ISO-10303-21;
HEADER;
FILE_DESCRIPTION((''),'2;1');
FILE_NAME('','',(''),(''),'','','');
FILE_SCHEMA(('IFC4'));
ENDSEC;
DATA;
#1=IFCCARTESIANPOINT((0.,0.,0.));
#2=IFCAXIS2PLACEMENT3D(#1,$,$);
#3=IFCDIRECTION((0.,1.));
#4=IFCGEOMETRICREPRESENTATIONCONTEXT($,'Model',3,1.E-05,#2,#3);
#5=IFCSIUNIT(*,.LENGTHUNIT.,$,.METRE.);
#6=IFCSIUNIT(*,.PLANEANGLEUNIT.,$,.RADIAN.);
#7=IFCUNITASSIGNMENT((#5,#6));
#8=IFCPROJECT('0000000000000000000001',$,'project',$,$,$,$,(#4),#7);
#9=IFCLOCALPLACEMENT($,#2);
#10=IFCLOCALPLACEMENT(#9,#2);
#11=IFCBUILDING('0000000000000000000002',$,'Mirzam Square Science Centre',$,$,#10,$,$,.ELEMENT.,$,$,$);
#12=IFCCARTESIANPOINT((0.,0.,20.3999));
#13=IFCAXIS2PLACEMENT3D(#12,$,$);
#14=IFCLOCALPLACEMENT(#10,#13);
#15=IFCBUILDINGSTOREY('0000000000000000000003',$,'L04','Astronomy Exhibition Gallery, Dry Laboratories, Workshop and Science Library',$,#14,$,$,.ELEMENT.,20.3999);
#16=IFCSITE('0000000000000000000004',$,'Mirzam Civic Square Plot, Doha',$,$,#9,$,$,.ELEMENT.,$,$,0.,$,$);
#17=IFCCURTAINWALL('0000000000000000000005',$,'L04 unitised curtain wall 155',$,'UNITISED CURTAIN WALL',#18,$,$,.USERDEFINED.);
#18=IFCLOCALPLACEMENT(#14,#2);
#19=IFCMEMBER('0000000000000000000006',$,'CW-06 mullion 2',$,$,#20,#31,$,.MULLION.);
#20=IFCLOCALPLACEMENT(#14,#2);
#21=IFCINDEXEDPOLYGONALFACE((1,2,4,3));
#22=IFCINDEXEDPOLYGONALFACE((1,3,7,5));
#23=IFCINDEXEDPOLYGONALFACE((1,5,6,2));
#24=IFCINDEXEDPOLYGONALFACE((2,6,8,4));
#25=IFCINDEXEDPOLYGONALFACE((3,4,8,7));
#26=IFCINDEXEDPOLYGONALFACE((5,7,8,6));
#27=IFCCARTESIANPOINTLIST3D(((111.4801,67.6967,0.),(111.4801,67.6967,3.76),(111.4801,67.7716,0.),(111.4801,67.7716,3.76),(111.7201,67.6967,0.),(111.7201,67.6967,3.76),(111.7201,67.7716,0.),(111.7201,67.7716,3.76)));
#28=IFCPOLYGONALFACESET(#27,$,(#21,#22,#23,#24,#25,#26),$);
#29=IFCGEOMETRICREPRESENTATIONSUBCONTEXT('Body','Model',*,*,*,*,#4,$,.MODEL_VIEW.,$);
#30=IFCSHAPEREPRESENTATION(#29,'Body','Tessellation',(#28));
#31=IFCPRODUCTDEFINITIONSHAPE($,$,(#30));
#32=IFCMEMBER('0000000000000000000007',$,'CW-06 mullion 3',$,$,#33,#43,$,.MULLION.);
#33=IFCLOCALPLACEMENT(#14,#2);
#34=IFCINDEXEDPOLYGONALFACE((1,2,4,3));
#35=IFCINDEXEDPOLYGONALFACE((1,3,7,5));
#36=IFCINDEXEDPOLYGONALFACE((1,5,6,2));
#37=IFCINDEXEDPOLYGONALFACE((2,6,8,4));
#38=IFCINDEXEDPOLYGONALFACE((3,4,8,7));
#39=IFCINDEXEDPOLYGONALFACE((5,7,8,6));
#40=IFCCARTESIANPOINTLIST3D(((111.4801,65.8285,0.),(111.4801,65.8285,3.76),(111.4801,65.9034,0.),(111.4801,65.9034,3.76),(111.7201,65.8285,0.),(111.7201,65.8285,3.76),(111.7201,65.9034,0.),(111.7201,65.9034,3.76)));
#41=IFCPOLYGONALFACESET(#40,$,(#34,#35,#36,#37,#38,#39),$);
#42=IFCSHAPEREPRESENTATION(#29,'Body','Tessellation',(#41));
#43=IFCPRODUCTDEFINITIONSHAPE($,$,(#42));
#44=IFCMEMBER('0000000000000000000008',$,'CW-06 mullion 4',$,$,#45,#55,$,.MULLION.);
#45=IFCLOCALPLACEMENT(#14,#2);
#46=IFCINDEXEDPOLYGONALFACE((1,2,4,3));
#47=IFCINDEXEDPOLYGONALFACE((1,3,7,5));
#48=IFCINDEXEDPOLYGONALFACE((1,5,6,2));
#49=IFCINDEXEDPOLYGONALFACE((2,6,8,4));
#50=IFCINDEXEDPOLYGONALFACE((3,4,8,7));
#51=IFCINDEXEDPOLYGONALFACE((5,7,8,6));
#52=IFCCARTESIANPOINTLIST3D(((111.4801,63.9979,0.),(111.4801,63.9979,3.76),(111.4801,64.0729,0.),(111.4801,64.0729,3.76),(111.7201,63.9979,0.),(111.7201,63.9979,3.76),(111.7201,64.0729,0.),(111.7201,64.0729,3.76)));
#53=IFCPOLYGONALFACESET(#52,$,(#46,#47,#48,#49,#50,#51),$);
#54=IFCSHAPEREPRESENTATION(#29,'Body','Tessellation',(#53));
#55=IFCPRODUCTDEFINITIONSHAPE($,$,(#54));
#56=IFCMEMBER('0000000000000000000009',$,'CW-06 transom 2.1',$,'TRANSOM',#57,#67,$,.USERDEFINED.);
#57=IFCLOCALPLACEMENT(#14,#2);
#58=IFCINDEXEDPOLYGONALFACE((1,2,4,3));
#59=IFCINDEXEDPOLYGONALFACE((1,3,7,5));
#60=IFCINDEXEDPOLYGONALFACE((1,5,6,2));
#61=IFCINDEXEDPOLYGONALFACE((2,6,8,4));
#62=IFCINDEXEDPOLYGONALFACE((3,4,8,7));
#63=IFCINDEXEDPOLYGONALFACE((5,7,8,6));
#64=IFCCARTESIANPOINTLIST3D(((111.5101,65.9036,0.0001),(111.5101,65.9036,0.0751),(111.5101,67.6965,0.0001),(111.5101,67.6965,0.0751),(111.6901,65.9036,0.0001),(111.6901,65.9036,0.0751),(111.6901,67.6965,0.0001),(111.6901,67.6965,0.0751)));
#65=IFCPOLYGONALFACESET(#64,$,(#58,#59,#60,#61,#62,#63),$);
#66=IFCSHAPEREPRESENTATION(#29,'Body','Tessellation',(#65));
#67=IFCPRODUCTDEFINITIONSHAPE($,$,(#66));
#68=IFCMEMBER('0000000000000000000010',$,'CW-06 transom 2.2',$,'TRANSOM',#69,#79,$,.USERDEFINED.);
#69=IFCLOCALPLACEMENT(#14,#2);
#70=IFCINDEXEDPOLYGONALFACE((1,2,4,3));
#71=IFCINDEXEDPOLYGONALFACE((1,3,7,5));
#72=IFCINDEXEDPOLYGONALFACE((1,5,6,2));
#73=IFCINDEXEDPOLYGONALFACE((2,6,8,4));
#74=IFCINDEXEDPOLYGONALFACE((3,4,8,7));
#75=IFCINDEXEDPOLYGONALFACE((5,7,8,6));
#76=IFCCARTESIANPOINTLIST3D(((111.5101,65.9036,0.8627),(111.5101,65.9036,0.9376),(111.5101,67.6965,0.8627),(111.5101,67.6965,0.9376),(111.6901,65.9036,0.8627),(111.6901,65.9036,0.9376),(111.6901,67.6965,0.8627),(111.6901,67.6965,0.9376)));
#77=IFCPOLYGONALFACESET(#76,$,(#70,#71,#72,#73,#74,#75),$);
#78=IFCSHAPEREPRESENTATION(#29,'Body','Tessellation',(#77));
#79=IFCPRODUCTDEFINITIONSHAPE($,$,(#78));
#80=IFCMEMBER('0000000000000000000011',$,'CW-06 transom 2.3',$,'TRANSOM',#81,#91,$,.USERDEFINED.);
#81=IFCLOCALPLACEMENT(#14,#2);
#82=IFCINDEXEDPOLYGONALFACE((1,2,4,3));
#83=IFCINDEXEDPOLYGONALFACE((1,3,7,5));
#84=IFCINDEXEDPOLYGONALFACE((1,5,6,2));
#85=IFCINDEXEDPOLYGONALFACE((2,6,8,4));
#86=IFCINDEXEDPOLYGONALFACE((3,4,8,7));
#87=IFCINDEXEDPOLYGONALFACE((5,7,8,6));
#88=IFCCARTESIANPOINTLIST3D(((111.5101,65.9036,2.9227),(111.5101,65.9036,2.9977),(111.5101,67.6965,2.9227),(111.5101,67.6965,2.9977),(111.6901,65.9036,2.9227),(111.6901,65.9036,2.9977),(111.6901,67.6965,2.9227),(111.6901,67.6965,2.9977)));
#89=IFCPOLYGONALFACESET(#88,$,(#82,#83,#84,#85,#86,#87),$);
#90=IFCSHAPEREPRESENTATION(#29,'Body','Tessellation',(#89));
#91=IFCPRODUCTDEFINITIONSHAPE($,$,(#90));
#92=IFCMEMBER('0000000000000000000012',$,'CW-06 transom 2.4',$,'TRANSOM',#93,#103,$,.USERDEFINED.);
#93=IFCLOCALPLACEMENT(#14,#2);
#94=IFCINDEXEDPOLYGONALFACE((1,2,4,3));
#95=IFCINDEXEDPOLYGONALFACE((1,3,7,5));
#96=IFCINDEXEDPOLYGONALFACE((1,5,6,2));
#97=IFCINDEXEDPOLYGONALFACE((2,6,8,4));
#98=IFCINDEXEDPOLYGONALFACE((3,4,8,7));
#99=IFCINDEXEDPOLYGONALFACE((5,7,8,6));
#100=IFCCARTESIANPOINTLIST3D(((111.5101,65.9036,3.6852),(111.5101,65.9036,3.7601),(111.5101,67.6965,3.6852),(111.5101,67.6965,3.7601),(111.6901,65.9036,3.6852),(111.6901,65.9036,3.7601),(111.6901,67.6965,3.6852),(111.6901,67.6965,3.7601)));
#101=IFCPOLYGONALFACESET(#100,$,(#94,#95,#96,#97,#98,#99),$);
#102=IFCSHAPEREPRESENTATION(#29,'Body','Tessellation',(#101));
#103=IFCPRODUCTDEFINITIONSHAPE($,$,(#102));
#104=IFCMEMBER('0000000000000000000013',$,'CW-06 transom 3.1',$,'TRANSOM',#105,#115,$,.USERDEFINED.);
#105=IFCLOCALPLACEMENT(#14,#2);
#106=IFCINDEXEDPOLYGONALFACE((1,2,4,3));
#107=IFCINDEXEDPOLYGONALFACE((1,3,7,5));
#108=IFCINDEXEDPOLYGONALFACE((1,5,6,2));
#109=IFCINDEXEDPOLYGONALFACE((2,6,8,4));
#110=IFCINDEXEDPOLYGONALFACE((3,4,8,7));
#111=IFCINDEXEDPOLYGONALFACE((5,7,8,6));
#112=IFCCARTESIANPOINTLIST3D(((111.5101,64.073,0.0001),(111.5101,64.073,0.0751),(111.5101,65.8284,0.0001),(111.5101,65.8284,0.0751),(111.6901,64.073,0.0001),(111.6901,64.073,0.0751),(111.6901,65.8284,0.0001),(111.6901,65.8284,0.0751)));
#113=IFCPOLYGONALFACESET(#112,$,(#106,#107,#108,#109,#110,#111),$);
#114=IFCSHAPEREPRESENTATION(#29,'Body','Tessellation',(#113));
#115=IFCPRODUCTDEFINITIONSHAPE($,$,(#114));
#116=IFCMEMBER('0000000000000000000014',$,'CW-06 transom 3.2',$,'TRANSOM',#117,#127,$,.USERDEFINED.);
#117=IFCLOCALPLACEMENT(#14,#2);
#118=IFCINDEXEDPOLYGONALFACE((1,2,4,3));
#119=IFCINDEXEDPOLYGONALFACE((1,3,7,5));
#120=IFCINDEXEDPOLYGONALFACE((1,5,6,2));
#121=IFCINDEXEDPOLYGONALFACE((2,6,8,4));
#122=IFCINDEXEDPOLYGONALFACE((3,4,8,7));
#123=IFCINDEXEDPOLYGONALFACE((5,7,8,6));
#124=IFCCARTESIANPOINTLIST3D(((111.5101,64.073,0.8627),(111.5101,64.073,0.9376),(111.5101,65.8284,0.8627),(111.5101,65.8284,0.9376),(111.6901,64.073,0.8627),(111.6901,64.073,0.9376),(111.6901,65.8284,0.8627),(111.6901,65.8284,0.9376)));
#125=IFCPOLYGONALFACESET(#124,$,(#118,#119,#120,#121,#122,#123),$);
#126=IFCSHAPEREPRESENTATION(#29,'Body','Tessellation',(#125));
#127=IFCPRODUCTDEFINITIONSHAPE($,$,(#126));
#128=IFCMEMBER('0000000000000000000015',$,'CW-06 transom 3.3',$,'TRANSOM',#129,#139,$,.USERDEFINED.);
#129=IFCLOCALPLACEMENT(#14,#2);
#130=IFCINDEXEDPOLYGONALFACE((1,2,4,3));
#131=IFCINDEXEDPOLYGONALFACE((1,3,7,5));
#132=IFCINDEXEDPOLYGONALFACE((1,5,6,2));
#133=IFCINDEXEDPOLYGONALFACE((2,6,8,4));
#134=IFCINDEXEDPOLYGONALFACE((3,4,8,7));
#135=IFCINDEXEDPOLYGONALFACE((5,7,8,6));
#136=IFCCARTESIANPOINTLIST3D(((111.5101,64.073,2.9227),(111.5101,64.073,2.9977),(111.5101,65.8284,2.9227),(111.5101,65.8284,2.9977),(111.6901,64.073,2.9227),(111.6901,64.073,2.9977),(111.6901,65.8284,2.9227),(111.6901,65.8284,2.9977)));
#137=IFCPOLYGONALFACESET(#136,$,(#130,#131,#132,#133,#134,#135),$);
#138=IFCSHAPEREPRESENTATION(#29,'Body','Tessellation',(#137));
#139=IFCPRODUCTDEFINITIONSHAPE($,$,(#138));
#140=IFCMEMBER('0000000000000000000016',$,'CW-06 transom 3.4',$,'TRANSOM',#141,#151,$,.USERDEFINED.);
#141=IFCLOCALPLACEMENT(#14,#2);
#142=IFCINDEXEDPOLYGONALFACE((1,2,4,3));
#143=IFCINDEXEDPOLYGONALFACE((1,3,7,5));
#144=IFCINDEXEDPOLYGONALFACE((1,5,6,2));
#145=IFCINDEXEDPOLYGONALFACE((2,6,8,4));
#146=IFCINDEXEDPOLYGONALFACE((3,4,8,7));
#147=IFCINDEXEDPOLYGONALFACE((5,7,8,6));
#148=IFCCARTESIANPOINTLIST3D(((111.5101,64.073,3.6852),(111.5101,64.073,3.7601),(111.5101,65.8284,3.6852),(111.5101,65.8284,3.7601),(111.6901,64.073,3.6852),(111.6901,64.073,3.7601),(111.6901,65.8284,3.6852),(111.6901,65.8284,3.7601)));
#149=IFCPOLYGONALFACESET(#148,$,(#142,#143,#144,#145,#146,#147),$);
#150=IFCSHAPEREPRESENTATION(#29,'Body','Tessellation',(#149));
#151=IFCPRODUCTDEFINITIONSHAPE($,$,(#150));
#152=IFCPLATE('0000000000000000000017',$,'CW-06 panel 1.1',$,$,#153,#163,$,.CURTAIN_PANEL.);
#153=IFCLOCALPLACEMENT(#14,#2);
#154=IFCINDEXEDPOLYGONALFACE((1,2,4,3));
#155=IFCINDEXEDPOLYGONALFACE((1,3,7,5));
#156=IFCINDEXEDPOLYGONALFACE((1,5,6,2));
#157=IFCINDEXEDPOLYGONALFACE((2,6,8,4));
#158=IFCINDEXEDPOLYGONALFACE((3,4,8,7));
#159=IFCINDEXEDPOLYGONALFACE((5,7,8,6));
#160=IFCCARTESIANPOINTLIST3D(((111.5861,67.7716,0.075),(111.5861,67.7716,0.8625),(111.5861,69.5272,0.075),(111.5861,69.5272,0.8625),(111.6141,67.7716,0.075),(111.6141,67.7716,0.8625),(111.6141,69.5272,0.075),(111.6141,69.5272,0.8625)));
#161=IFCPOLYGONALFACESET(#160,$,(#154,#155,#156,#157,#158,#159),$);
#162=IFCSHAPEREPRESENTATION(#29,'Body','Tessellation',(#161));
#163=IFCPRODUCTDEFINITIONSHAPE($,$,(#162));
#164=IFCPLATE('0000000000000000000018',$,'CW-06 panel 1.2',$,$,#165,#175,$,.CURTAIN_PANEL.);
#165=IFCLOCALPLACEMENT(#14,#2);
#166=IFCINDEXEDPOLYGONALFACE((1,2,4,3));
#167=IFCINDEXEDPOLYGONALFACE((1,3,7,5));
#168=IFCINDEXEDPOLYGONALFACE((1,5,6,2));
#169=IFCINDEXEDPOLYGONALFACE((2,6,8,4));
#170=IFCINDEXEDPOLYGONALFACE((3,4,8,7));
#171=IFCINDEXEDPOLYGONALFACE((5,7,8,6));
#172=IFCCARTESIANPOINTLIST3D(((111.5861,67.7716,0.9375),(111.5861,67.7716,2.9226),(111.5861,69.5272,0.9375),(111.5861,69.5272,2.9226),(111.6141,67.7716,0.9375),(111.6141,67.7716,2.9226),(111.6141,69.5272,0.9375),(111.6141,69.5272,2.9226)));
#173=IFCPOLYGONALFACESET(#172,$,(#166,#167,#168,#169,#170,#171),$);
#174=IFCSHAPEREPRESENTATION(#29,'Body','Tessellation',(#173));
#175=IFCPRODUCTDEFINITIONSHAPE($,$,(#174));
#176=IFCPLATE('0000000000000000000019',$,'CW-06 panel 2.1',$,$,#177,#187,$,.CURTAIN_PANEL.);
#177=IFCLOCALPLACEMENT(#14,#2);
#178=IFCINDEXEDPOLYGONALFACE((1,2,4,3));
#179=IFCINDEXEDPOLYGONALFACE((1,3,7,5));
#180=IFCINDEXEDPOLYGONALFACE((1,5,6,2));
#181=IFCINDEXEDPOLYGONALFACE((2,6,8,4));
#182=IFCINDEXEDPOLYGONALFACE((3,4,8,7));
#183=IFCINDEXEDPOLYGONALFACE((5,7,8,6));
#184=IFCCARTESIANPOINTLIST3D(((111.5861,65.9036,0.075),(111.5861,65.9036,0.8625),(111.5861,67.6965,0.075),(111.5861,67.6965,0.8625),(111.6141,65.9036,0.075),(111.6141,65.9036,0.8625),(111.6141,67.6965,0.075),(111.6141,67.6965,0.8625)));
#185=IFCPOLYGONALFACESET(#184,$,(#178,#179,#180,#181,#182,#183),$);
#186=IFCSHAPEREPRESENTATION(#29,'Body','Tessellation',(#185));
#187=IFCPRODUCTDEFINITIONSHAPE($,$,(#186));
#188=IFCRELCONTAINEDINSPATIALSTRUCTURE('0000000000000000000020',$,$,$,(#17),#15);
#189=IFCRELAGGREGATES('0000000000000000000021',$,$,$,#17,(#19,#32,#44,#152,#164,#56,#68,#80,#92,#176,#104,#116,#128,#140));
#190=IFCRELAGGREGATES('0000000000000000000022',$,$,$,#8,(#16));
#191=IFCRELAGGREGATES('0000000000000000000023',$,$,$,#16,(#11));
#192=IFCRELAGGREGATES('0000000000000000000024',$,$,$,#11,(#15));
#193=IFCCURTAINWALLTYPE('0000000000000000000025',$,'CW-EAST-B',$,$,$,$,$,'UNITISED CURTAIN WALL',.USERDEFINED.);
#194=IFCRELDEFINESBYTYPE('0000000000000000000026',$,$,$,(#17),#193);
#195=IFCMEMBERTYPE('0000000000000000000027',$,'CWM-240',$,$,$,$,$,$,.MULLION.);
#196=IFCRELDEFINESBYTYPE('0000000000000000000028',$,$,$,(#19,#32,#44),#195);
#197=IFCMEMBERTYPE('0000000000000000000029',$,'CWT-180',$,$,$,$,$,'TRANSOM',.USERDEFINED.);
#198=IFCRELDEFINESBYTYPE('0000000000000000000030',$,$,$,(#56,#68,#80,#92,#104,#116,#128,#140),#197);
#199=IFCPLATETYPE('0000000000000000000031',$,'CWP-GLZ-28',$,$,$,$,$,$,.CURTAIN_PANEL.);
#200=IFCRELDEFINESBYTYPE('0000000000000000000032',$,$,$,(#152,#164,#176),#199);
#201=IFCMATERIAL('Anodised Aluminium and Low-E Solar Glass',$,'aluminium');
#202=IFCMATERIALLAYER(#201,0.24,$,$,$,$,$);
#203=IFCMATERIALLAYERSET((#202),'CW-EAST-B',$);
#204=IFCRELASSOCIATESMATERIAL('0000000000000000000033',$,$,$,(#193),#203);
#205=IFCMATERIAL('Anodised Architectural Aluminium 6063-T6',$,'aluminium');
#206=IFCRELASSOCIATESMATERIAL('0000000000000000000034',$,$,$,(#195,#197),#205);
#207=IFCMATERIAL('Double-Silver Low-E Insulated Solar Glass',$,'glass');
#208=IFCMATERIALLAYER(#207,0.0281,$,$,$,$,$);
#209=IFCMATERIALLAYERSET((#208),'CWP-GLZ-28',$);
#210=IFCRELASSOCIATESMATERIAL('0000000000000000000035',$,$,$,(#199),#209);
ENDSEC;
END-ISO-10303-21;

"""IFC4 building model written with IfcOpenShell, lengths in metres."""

from ifc_helpers import new_model, si_unit, direction, frame, origin, origin_2d, place, context, subcontext, project, spatial, rectangle, extrude, material, layer, layer_set, material_profile, profile_set, type_object, element, aggregate, save


model = new_model("IFC4")

# Units and contexts
model_context = context("Model", 3, precision=1e-05, world=origin(), true_north=direction((0.0, 1.0)))
body_context = subcontext(model_context, "Body", "Model", "MODEL_VIEW")
ifc_project = project(units=[si_unit("LENGTHUNIT", "METRE"), si_unit("PLANEANGLEUNIT", "RADIAN")], contexts=[model_context])

# Site, building, storey
site_placement = place(None, origin())
site = spatial("IfcSite", under=ifc_project, at=site_placement, Name="Mirzam Civic Square Plot, Doha", CompositionType="ELEMENT", RefElevation=0.0)
building_placement = place(site_placement, origin())
building = spatial("IfcBuilding", under=site, at=building_placement, Name="Mirzam Square Science Centre", CompositionType="ELEMENT")
storey_placement = place(building_placement, frame((0.0, 0.0, 20.3999)))
storey = spatial("IfcBuildingStorey", under=building, at=storey_placement, Name="L04", Description="Astronomy Exhibition Gallery, Dry Laboratories, Workshop and Science Library", CompositionType="ELEMENT", Elevation=20.3999)

# Curtain wall, members, plates
ifc_material_1 = material(Name="Anodised Aluminium and Low-E Solar Glass", Category="aluminium")
ifc_layer_1 = layer(ifc_material_1, 0.24)
ifc_layer_set_1 = layer_set([ifc_layer_1], Name="CW-EAST-B")
curtain_wall_type = type_object("IfcCurtainWallType", Name="CW-EAST-B", ElementType="UNITISED CURTAIN WALL", PredefinedType="USERDEFINED", material=ifc_layer_set_1)
curtain_wall_placement = place(storey_placement, origin())
curtain_wall = element("IfcCurtainWall", 1, at=curtain_wall_placement, inside=storey, type_object=curtain_wall_type, Name="L04 unitised curtain wall 155", ObjectType="UNITISED CURTAIN WALL", PredefinedType="USERDEFINED")
ifc_material_2 = material(Name="Anodised Architectural Aluminium 6063-T6", Category="aluminium")
ifc_material_profile_1 = material_profile(ifc_material_2, rectangle(XDim=0.075, YDim=0.24, at=origin_2d()), Name="ALU-MULL-240x75x5")
ifc_profile_set_1 = profile_set([ifc_material_profile_1], Name="Anodised Architectural Aluminium 6063-T6")
member_type_1 = type_object("IfcMemberType", Name="CWM-240", PredefinedType="MULLION", material=ifc_profile_set_1)
member_1_placement = place(storey_placement, frame((111.6001, 67.7341, 0.0), z_axis=(0.0, 0.0, 1.0), x_axis=(0.0, -1.0, 0.0)))
member_1 = element("IfcMember", 2, at=member_1_placement, type_object=member_type_1, Name="CW-06 mullion 2", PredefinedType="MULLION", context=body_context, shape_type="SweptSolid", body=[
    extrude(rectangle(XDim=0.075, YDim=0.24, at=origin_2d()), origin(), (0.0, 0.0, 1.0), 3.76),
])
member_2_placement = place(storey_placement, frame((111.6001, 65.866, 0.0), z_axis=(0.0, 0.0, 1.0), x_axis=(0.0, -1.0, 0.0)))
member_2 = element("IfcMember", 3, at=member_2_placement, type_object=member_type_1, Name="CW-06 mullion 3", PredefinedType="MULLION", context=body_context, shape_type="SweptSolid", body=[
    extrude(rectangle(XDim=0.075, YDim=0.24, at=origin_2d()), origin(), (0.0, 0.0, 1.0), 3.76),
])
member_3_placement = place(storey_placement, frame((111.6001, 64.0354, 0.0), z_axis=(0.0, 0.0, 1.0), x_axis=(0.0, -1.0, 0.0)))
member_3 = element("IfcMember", 4, at=member_3_placement, type_object=member_type_1, Name="CW-06 mullion 4", PredefinedType="MULLION", context=body_context, shape_type="SweptSolid", body=[
    extrude(rectangle(XDim=0.075, YDim=0.24, at=origin_2d()), origin(), (0.0, 0.0, 1.0), 3.76),
])
ifc_material_profile_2 = material_profile(ifc_material_2, rectangle(XDim=0.1799, YDim=0.075, at=origin_2d()), Name="ALU-TRAN-180x75x5")
ifc_profile_set_2 = profile_set([ifc_material_profile_2], Name="Anodised Architectural Aluminium 6063-T6")
member_type_2 = type_object("IfcMemberType", Name="CWT-180", ElementType="TRANSOM", PredefinedType="USERDEFINED", material=ifc_profile_set_2)
member_4_placement = place(storey_placement, frame((111.6001, 67.6965, 0.0376), z_axis=(0.0, -1.0, 0.0), x_axis=(1.0, 0.0, 0.0)))
member_4 = element("IfcMember", 5, at=member_4_placement, type_object=member_type_2, Name="CW-06 transom 2.1", ObjectType="TRANSOM", PredefinedType="USERDEFINED", context=body_context, shape_type="SweptSolid", body=[
    extrude(rectangle(XDim=0.1799, YDim=0.075, at=origin_2d()), origin(), (0.0, 0.0, 1.0), 1.793),
])
member_5_placement = place(storey_placement, frame((111.6001, 67.6965, 0.9001), z_axis=(0.0, -1.0, 0.0), x_axis=(1.0, 0.0, 0.0)))
member_5 = element("IfcMember", 6, at=member_5_placement, type_object=member_type_2, Name="CW-06 transom 2.2", ObjectType="TRANSOM", PredefinedType="USERDEFINED", context=body_context, shape_type="SweptSolid", body=[
    extrude(rectangle(XDim=0.1799, YDim=0.075, at=origin_2d()), origin(), (0.0, 0.0, 1.0), 1.793),
])
member_6_placement = place(storey_placement, frame((111.6001, 67.6965, 2.9602), z_axis=(0.0, -1.0, 0.0), x_axis=(1.0, 0.0, 0.0)))
member_6 = element("IfcMember", 7, at=member_6_placement, type_object=member_type_2, Name="CW-06 transom 2.3", ObjectType="TRANSOM", PredefinedType="USERDEFINED", context=body_context, shape_type="SweptSolid", body=[
    extrude(rectangle(XDim=0.1799, YDim=0.075, at=origin_2d()), origin(), (0.0, 0.0, 1.0), 1.793),
])
member_7_placement = place(storey_placement, frame((111.6001, 67.6965, 3.7227), z_axis=(0.0, -1.0, 0.0), x_axis=(1.0, 0.0, 0.0)))
member_7 = element("IfcMember", 8, at=member_7_placement, type_object=member_type_2, Name="CW-06 transom 2.4", ObjectType="TRANSOM", PredefinedType="USERDEFINED", context=body_context, shape_type="SweptSolid", body=[
    extrude(rectangle(XDim=0.1799, YDim=0.075, at=origin_2d()), origin(), (0.0, 0.0, 1.0), 1.793),
])
member_8_placement = place(storey_placement, frame((111.6001, 65.8284, 0.0376), z_axis=(0.0, -1.0, 0.0), x_axis=(1.0, 0.0, 0.0)))
member_8 = element("IfcMember", 9, at=member_8_placement, type_object=member_type_2, Name="CW-06 transom 3.1", ObjectType="TRANSOM", PredefinedType="USERDEFINED", context=body_context, shape_type="SweptSolid", body=[
    extrude(rectangle(XDim=0.1799, YDim=0.075, at=origin_2d()), origin(), (0.0, 0.0, 1.0), 1.7554),
])
member_9_placement = place(storey_placement, frame((111.6001, 65.8284, 0.9001), z_axis=(0.0, -1.0, 0.0), x_axis=(1.0, 0.0, 0.0)))
member_9 = element("IfcMember", 10, at=member_9_placement, type_object=member_type_2, Name="CW-06 transom 3.2", ObjectType="TRANSOM", PredefinedType="USERDEFINED", context=body_context, shape_type="SweptSolid", body=[
    extrude(rectangle(XDim=0.1799, YDim=0.075, at=origin_2d()), origin(), (0.0, 0.0, 1.0), 1.7554),
])
member_10_placement = place(storey_placement, frame((111.6001, 65.8284, 2.9602), z_axis=(0.0, -1.0, 0.0), x_axis=(1.0, 0.0, 0.0)))
member_10 = element("IfcMember", 11, at=member_10_placement, type_object=member_type_2, Name="CW-06 transom 3.3", ObjectType="TRANSOM", PredefinedType="USERDEFINED", context=body_context, shape_type="SweptSolid", body=[
    extrude(rectangle(XDim=0.1799, YDim=0.075, at=origin_2d()), origin(), (0.0, 0.0, 1.0), 1.7554),
])
member_11_placement = place(storey_placement, frame((111.6001, 65.8284, 3.7227), z_axis=(0.0, -1.0, 0.0), x_axis=(1.0, 0.0, 0.0)))
member_11 = element("IfcMember", 12, at=member_11_placement, type_object=member_type_2, Name="CW-06 transom 3.4", ObjectType="TRANSOM", PredefinedType="USERDEFINED", context=body_context, shape_type="SweptSolid", body=[
    extrude(rectangle(XDim=0.1799, YDim=0.075, at=origin_2d()), origin(), (0.0, 0.0, 1.0), 1.7554),
])
ifc_material_3 = material(Name="Double-Silver Low-E Insulated Solar Glass", Category="glass")
ifc_layer_2 = layer(ifc_material_3, 0.0281)
ifc_layer_set_2 = layer_set([ifc_layer_2], Name="CWP-GLZ-28")
plate_type = type_object("IfcPlateType", Name="CWP-GLZ-28", PredefinedType="CURTAIN_PANEL", material=ifc_layer_set_2)
plate_1_placement = place(storey_placement, frame((111.6001, 68.6494, 0.075), z_axis=(0.0, 0.0, 1.0), x_axis=(0.0, -1.0, 0.0)))
plate_1 = element("IfcPlate", 13, at=plate_1_placement, type_object=plate_type, Name="CW-06 panel 1.1", PredefinedType="CURTAIN_PANEL", context=body_context, shape_type="SweptSolid", body=[
    extrude(rectangle(XDim=1.7556, YDim=0.0281, at=origin_2d()), origin(), (0.0, 0.0, 1.0), 0.7876),
])
plate_2_placement = place(storey_placement, frame((111.6001, 68.6494, 0.9375), z_axis=(0.0, 0.0, 1.0), x_axis=(0.0, -1.0, 0.0)))
plate_2 = element("IfcPlate", 14, at=plate_2_placement, type_object=plate_type, Name="CW-06 panel 1.2", PredefinedType="CURTAIN_PANEL", context=body_context, shape_type="SweptSolid", body=[
    extrude(rectangle(XDim=1.7556, YDim=0.0281, at=origin_2d()), origin(), (0.0, 0.0, 1.0), 1.9851),
])
plate_3_placement = place(storey_placement, frame((111.6001, 66.8, 0.075), z_axis=(0.0, 0.0, 1.0), x_axis=(0.0, -1.0, 0.0)))
plate_3 = element("IfcPlate", 15, at=plate_3_placement, type_object=plate_type, Name="CW-06 panel 2.1", PredefinedType="CURTAIN_PANEL", context=body_context, shape_type="SweptSolid", body=[
    extrude(rectangle(XDim=1.793, YDim=0.0281, at=origin_2d()), origin(), (0.0, 0.0, 1.0), 0.7876),
])
aggregate(curtain_wall, [member_1, member_2, member_3, plate_1, plate_2, member_4, member_5, member_6, member_7, plate_3, member_8, member_9, member_10, member_11])

save(model, "model.ifc")
